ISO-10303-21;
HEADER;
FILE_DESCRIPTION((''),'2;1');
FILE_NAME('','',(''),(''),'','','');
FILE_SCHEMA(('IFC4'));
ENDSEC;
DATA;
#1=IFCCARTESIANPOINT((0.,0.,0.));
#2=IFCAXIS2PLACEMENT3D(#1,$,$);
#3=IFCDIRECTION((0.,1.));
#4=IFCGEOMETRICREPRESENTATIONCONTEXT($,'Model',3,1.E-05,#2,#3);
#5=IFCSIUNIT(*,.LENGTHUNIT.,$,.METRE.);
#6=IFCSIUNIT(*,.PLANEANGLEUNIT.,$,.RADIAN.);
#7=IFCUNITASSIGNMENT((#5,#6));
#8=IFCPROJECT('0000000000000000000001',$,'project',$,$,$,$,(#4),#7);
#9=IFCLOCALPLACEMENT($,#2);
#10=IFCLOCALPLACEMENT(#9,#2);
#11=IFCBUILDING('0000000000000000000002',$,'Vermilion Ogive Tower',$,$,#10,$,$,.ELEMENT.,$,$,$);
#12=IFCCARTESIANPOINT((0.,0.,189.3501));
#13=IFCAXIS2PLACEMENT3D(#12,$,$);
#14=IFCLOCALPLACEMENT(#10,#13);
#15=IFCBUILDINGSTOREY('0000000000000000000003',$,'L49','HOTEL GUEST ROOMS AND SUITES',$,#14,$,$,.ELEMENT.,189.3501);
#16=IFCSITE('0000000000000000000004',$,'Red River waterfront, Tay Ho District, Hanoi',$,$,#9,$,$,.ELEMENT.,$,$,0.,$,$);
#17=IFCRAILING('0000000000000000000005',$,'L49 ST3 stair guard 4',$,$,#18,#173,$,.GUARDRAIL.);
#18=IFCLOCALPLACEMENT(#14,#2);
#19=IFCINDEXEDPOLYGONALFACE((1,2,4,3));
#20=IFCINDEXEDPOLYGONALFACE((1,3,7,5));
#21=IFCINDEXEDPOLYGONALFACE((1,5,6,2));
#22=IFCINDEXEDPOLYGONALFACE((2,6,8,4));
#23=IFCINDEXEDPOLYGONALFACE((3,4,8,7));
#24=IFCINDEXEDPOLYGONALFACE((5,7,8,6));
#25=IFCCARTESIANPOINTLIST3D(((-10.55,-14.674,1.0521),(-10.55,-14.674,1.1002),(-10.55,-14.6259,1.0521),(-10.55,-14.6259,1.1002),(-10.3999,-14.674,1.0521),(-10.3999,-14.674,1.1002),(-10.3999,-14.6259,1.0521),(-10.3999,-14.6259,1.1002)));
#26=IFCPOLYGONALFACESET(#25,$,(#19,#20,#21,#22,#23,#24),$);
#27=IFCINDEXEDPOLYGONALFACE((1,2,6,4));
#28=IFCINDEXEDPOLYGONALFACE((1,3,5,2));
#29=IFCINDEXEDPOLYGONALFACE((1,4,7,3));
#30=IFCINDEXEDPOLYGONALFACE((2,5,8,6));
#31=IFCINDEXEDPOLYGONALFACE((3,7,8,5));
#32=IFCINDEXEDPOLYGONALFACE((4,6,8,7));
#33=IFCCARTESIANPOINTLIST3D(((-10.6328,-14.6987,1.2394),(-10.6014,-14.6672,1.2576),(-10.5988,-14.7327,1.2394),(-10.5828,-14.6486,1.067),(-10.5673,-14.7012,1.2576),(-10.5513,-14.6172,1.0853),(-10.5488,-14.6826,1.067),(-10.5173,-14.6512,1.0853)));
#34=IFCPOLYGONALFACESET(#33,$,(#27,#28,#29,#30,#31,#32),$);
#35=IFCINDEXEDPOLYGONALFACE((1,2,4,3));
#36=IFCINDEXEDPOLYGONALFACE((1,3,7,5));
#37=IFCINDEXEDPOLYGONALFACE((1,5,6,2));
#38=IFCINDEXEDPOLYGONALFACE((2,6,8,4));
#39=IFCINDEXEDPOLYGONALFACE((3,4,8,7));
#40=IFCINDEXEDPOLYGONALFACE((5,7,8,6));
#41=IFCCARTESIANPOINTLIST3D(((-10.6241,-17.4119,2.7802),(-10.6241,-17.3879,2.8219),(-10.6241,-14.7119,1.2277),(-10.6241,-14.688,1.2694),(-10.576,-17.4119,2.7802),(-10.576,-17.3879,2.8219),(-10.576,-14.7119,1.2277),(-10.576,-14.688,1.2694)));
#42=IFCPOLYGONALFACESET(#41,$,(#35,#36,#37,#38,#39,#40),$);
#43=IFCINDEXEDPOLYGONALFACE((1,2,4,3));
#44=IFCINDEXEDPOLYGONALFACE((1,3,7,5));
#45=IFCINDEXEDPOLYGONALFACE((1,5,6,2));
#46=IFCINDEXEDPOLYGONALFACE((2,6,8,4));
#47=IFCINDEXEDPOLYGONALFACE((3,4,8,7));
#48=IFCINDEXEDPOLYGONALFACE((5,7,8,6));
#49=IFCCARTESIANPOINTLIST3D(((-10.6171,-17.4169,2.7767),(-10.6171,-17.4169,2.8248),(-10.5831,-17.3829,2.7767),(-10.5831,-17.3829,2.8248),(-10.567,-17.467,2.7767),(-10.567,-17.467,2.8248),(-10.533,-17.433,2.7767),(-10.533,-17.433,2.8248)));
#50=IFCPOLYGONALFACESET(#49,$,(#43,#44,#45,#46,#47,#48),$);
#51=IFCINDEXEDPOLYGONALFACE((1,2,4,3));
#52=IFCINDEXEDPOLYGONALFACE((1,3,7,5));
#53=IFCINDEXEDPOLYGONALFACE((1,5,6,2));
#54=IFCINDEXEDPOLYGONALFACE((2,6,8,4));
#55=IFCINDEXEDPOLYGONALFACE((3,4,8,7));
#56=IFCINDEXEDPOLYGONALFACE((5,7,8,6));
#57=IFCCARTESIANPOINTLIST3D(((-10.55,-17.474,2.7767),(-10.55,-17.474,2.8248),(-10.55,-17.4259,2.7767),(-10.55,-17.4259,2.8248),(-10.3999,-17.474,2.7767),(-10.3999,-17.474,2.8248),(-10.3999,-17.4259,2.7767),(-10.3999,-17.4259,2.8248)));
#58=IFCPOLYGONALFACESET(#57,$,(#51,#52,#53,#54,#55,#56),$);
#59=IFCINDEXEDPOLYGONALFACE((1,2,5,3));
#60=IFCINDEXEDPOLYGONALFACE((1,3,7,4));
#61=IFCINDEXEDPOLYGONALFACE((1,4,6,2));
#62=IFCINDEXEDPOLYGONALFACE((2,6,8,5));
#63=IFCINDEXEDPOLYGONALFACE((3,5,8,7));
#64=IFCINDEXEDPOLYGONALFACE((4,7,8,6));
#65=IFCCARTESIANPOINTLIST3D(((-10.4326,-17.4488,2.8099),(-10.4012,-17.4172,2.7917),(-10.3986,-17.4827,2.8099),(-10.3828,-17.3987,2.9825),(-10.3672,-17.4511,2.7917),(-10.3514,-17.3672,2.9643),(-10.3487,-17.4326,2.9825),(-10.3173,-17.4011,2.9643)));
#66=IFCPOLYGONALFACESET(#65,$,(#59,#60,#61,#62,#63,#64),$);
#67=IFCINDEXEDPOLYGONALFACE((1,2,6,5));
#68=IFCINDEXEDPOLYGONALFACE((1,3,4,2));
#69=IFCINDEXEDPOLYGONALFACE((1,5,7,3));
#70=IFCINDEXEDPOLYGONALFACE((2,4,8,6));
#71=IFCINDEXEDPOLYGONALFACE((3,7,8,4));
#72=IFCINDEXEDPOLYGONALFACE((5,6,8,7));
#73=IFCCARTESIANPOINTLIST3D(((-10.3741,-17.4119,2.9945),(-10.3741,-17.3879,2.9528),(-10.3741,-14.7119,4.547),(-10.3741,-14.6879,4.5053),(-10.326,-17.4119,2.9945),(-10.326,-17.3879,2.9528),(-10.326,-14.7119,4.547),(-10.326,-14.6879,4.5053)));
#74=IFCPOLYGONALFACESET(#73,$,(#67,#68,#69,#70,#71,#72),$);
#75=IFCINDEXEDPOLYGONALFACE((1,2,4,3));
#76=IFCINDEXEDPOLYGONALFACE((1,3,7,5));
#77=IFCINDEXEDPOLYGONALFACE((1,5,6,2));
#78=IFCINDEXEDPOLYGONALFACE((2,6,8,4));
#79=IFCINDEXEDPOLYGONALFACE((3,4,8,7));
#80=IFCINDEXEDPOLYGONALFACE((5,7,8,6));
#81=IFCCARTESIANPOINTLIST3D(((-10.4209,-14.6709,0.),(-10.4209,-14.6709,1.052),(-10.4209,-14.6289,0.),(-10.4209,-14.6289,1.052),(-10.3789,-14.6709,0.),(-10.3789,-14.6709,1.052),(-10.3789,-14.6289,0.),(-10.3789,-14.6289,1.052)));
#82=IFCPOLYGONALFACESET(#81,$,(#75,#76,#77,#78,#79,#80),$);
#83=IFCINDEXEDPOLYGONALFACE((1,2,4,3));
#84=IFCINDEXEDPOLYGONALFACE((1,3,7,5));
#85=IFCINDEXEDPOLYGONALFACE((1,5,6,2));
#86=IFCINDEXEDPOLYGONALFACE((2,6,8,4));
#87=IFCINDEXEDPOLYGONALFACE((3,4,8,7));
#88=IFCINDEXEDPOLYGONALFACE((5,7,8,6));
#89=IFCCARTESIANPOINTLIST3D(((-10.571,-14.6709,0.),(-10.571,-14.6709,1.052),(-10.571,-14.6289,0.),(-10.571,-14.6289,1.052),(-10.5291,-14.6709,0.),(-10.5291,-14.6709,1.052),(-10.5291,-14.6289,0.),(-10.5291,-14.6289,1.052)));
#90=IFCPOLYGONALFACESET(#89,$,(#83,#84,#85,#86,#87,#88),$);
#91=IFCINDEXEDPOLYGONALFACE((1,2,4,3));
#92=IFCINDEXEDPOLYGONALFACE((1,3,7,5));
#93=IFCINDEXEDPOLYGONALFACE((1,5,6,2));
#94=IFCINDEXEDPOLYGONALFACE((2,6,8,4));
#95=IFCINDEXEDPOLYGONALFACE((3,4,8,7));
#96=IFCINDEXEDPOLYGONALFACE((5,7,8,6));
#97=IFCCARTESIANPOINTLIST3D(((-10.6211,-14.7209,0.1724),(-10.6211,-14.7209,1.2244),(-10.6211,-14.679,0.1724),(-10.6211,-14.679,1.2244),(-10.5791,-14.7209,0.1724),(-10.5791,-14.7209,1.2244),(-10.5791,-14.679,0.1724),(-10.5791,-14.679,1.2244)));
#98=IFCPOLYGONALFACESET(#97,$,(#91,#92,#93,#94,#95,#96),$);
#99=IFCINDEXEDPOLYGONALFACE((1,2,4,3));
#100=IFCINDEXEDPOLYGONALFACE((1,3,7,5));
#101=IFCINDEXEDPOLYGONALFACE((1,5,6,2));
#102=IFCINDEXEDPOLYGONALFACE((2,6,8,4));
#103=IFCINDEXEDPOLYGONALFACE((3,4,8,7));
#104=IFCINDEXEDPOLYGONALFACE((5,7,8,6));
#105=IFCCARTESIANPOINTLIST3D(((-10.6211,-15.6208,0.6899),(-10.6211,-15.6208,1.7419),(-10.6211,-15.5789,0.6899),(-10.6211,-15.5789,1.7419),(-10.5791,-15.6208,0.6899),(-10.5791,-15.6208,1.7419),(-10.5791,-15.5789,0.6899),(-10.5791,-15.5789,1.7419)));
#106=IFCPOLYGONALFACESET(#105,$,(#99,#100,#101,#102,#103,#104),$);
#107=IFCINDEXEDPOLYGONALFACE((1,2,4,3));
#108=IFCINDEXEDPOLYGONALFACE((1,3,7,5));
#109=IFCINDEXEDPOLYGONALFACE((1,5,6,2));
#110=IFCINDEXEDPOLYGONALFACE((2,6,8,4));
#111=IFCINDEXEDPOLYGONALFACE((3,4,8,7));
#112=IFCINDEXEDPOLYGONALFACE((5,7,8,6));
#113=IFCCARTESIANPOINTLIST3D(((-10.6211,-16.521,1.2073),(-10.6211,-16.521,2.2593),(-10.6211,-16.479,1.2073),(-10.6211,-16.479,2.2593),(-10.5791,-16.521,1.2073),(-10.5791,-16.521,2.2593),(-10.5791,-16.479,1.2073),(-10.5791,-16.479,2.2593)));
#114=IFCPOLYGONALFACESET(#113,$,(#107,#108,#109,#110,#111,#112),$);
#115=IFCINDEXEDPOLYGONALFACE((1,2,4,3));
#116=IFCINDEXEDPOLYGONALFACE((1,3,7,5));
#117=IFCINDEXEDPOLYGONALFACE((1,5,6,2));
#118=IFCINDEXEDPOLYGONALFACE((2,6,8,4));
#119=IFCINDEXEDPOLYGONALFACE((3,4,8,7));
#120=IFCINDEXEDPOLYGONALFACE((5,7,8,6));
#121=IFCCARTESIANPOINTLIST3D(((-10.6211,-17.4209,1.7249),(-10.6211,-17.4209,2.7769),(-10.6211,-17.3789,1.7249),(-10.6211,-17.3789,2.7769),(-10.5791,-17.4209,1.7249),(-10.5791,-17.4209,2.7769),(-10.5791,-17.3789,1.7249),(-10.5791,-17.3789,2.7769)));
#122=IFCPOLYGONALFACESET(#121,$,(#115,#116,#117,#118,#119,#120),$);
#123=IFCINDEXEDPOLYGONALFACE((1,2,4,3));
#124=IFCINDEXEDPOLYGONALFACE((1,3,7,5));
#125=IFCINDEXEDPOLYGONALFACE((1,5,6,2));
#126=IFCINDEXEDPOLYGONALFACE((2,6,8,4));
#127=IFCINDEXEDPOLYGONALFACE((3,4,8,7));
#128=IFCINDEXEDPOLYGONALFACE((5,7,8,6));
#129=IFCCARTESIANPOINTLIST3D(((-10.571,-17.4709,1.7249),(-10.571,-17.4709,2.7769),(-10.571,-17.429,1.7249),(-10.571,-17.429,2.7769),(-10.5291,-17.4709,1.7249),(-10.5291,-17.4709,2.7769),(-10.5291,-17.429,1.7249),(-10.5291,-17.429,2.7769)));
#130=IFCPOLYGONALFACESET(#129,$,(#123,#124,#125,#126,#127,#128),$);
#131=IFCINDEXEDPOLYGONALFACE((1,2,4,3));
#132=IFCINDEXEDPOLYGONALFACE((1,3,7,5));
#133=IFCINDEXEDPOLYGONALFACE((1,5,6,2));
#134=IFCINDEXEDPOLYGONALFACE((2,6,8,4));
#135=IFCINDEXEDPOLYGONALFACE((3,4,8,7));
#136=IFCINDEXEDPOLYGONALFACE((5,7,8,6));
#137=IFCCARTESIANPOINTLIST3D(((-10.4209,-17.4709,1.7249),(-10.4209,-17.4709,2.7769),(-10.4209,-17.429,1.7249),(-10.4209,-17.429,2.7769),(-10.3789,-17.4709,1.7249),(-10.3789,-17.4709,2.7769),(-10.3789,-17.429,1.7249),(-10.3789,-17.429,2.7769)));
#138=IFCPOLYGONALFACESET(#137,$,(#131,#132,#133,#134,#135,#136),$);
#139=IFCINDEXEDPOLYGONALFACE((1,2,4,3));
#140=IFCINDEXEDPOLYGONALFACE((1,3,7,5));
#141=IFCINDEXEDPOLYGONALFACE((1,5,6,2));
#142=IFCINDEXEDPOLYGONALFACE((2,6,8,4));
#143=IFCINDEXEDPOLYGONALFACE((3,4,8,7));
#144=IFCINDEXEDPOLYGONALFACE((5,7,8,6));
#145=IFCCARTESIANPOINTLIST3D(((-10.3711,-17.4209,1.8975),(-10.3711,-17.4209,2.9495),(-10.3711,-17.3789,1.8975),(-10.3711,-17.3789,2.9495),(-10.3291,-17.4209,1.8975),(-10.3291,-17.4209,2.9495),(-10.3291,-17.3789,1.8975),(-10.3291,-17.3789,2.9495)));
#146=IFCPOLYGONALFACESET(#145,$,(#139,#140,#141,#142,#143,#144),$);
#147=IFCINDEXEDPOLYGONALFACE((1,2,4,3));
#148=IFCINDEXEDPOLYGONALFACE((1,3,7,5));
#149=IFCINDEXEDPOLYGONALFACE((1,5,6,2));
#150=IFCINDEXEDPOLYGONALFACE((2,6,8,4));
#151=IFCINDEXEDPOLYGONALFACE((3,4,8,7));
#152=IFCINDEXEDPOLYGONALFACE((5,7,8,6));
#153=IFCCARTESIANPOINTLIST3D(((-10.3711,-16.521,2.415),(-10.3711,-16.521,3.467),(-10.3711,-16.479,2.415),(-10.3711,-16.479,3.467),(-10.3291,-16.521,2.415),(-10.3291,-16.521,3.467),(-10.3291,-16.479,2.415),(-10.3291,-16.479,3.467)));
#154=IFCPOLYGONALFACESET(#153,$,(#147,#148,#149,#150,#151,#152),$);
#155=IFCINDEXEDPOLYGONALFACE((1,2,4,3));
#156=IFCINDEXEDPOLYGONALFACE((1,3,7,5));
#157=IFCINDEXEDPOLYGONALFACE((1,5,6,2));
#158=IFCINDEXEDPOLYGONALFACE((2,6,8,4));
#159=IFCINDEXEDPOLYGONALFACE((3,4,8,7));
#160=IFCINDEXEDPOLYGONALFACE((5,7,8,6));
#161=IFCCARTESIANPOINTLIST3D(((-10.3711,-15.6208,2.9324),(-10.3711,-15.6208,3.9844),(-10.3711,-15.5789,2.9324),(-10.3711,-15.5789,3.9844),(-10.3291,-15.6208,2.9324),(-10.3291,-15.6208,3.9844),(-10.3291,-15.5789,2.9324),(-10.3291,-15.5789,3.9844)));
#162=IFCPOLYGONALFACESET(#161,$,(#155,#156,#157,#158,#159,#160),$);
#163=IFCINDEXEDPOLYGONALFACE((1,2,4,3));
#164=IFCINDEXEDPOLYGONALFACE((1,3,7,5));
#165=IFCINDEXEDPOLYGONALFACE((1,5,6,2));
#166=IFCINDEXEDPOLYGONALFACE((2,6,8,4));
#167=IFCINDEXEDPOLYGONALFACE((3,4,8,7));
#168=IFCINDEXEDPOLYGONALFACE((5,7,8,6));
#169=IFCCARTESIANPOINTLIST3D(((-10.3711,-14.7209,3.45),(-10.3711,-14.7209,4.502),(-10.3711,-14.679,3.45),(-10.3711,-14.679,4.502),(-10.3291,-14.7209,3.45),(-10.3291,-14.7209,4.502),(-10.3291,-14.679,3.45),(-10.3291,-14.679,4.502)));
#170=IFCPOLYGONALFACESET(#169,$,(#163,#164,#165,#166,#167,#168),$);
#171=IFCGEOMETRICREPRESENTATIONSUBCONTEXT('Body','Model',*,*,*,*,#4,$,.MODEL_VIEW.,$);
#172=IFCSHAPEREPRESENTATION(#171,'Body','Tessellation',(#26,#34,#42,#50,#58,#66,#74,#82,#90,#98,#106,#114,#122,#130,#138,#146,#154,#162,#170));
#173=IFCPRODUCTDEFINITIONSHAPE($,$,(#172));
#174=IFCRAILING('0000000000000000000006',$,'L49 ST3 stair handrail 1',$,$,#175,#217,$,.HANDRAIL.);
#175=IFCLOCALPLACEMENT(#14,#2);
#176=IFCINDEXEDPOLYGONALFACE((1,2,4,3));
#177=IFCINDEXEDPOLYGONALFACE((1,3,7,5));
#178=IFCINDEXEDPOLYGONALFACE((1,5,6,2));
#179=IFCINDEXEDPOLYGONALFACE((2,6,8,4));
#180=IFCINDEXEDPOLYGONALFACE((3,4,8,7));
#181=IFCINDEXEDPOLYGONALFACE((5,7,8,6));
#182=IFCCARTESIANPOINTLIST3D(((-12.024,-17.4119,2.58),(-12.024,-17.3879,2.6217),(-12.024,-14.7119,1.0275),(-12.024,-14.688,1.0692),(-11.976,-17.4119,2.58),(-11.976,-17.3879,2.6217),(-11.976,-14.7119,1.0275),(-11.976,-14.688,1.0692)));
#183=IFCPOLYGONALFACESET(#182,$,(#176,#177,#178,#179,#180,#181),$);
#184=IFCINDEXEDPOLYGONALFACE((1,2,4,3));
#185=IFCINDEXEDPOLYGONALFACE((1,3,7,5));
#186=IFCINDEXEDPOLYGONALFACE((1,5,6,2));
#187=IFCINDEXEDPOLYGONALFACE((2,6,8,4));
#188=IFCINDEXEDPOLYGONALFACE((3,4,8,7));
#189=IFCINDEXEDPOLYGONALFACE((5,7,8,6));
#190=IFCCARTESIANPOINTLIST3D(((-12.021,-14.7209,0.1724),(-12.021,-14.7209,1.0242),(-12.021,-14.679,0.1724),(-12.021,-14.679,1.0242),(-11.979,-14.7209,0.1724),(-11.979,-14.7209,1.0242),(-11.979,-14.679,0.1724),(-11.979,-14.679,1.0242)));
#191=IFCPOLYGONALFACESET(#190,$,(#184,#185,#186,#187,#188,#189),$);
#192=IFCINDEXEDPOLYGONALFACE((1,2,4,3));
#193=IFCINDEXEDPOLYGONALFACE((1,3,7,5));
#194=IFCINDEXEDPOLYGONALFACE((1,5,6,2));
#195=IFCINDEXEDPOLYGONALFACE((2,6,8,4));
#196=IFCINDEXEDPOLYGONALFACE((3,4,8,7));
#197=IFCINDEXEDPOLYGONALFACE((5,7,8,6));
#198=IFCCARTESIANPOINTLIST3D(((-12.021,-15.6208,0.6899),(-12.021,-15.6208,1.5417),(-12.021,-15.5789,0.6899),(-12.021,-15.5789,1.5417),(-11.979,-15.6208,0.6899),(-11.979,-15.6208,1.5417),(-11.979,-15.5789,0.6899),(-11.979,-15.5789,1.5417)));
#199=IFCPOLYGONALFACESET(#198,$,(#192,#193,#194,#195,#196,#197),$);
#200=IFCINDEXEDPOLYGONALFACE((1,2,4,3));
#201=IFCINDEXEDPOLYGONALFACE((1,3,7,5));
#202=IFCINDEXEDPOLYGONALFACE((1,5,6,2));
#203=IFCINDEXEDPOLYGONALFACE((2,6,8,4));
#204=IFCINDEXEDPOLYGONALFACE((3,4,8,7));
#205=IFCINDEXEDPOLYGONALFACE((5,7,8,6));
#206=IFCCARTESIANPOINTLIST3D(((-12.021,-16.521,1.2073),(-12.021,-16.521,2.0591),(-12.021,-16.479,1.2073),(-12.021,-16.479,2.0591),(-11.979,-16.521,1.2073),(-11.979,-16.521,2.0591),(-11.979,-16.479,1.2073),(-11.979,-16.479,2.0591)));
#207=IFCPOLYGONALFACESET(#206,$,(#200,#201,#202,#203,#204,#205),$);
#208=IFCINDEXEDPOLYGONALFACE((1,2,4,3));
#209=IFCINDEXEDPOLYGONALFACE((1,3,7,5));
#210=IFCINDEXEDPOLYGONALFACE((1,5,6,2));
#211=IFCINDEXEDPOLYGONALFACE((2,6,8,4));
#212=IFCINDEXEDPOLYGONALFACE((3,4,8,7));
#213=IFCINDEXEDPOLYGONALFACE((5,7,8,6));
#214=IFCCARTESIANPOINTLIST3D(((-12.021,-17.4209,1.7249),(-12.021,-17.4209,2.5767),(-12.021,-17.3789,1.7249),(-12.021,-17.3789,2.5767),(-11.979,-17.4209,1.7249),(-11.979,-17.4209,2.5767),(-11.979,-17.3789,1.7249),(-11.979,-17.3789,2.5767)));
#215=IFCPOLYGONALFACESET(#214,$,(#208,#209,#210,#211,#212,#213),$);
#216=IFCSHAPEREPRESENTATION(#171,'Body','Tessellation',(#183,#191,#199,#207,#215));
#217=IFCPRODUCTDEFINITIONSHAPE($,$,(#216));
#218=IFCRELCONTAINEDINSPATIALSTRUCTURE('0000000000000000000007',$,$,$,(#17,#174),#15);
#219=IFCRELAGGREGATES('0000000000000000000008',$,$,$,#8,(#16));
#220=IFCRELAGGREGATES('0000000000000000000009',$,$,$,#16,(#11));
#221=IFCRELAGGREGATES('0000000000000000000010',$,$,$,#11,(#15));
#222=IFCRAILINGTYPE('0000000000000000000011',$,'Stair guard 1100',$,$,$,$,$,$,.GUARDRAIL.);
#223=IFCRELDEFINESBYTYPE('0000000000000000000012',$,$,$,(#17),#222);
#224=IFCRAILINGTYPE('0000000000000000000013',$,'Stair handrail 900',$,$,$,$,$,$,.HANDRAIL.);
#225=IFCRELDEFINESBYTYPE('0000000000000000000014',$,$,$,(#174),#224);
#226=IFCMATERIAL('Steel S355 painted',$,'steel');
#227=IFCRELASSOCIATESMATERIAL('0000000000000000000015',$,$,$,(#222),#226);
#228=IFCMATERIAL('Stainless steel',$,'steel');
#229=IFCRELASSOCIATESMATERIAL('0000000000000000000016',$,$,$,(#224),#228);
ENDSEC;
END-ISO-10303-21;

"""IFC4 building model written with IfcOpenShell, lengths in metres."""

from ifc_helpers import new_model, si_unit, direction, frame, origin, origin_2d, place, context, subcontext, project, spatial, rectangle, extrude, material, type_object, element, save


model = new_model("IFC4")

# Units and contexts
model_context = context("Model", 3, precision=1e-05, world=origin(), true_north=direction((0.0, 1.0)))
body_context = subcontext(model_context, "Body", "Model", "MODEL_VIEW")
ifc_project = project(units=[si_unit("LENGTHUNIT", "METRE"), si_unit("PLANEANGLEUNIT", "RADIAN")], contexts=[model_context])

# Site, building, storey
site_placement = place(None, origin())
site = spatial("IfcSite", under=ifc_project, at=site_placement, Name="Red River waterfront, Tay Ho District, Hanoi", CompositionType="ELEMENT", RefElevation=0.0)
building_placement = place(site_placement, origin())
building = spatial("IfcBuilding", under=site, at=building_placement, Name="Vermilion Ogive Tower", CompositionType="ELEMENT")
storey_placement = place(building_placement, frame((0.0, 0.0, 189.3501)))
storey = spatial("IfcBuildingStorey", under=building, at=storey_placement, Name="L49", Description="HOTEL GUEST ROOMS AND SUITES", CompositionType="ELEMENT", Elevation=189.3501)

# Railings
ifc_material_1 = material(Name="Steel S355 painted", Category="steel")
railing_type_1 = type_object("IfcRailingType", Name="Stair guard 1100", PredefinedType="GUARDRAIL", material=ifc_material_1)
railing_1_placement = place(storey_placement, frame((-10.3999, -14.6499, 0.0)))
element("IfcRailing", 1, at=railing_1_placement, inside=storey, type_object=railing_type_1, Name="L49 ST3 stair guard 4", PredefinedType="GUARDRAIL", context=body_context, shape_type="SweptSolid", body=[
    extrude(rectangle(XDim=0.0481, YDim=0.0481, at=origin_2d()), frame((0.0, 0.0, 1.0762), z_axis=(-1.0, 0.0, 0.0), x_axis=(0.0, -1.0, 0.0)), (0.0, 0.0, 1.0), 0.1501),
    extrude(rectangle(XDim=0.0481, YDim=0.0481, at=origin_2d()), frame((-0.1501, 0.0, 1.0762), z_axis=(-0.268603, -0.268603, 0.925043), x_axis=(0.707107, -0.707107, 0.0)), (0.0, 0.0, 1.0), 0.1863),
    extrude(rectangle(XDim=0.0481, YDim=0.0481, at=origin_2d()), frame((-0.2002, -0.05, 1.2485), z_axis=(0.0, -0.866904, 0.498476), x_axis=(1.0, 0.0, 0.0)), (0.0, 0.0, 1.0), 3.1145),
    extrude(rectangle(XDim=0.0481, YDim=0.0481, at=origin_2d()), frame((-0.2002, -2.75, 2.8008), z_axis=(0.707107, -0.707107, 0.0), x_axis=(0.707107, 0.707107, 0.0)), (0.0, 0.0, 1.0), 0.0708),
    extrude(rectangle(XDim=0.0481, YDim=0.0481, at=origin_2d()), frame((-0.1501, -2.8, 2.8008), z_axis=(1.0, 0.0, 0.0), x_axis=(0.0, 1.0, 0.0)), (0.0, 0.0, 1.0), 0.1501),
    extrude(rectangle(XDim=0.0481, YDim=0.0481, at=origin_2d()), frame((0.0, -2.8, 2.8008), z_axis=(0.267063, 0.268372, 0.925556), x_axis=(-0.708834, 0.705376, 0.0)), (0.0, 0.0, 1.0), 0.1865),
    extrude(rectangle(XDim=0.0481, YDim=0.0481, at=origin_2d()), frame((0.0498, -2.75, 2.9736), z_axis=(0.0, 0.866904, 0.498476), x_axis=(-1.0, 0.0, 0.0)), (0.0, 0.0, 1.0), 3.1145),
    extrude(rectangle(XDim=0.042, YDim=0.042, at=origin_2d()), origin(), (0.0, 0.0, 1.0), 1.052),
    extrude(rectangle(XDim=0.042, YDim=0.042, at=origin_2d()), frame((-0.1501, 0.0, 0.0)), (0.0, 0.0, 1.0), 1.052),
    extrude(rectangle(XDim=0.042, YDim=0.042, at=origin_2d()), frame((-0.2002, -0.05, 0.1724)), (0.0, 0.0, 1.0), 1.052),
    extrude(rectangle(XDim=0.042, YDim=0.042, at=origin_2d()), frame((-0.2002, -0.95, 0.6899)), (0.0, 0.0, 1.0), 1.052),
    extrude(rectangle(XDim=0.042, YDim=0.042, at=origin_2d()), frame((-0.2002, -1.8501, 1.2073)), (0.0, 0.0, 1.0), 1.052),
    extrude(rectangle(XDim=0.042, YDim=0.042, at=origin_2d()), frame((-0.2002, -2.75, 1.7249)), (0.0, 0.0, 1.0), 1.052),
    extrude(rectangle(XDim=0.042, YDim=0.042, at=origin_2d()), frame((-0.1501, -2.8, 1.7249)), (0.0, 0.0, 1.0), 1.052),
    extrude(rectangle(XDim=0.042, YDim=0.042, at=origin_2d()), frame((0.0, -2.8, 1.7249)), (0.0, 0.0, 1.0), 1.052),
    extrude(rectangle(XDim=0.042, YDim=0.042, at=origin_2d()), frame((0.0498, -2.75, 1.8975)), (0.0, 0.0, 1.0), 1.052),
    extrude(rectangle(XDim=0.042, YDim=0.042, at=origin_2d()), frame((0.0498, -1.8501, 2.415)), (0.0, 0.0, 1.0), 1.052),
    extrude(rectangle(XDim=0.042, YDim=0.042, at=origin_2d()), frame((0.0498, -0.95, 2.9324)), (0.0, 0.0, 1.0), 1.052),
    extrude(rectangle(XDim=0.042, YDim=0.042, at=origin_2d()), frame((0.0498, -0.05, 3.45)), (0.0, 0.0, 1.0), 1.052),
])
ifc_material_2 = material(Name="Stainless steel", Category="steel")
railing_type_2 = type_object("IfcRailingType", Name="Stair handrail 900", PredefinedType="HANDRAIL", material=ifc_material_2)
railing_2_placement = place(storey_placement, frame((-12.0, -14.7, 0.1724)))
element("IfcRailing", 2, at=railing_2_placement, inside=storey, type_object=railing_type_2, Name="L49 ST3 stair handrail 1", PredefinedType="HANDRAIL", context=body_context, shape_type="SweptSolid", body=[
    extrude(rectangle(XDim=0.0481, YDim=0.0481, at=origin_2d()), frame((0.0, 0.0, 0.876), z_axis=(0.0, -0.866904, 0.498476), x_axis=(1.0, 0.0, 0.0)), (0.0, 0.0, 1.0), 3.1145),
    extrude(rectangle(XDim=0.042, YDim=0.042, at=origin_2d()), origin(), (0.0, 0.0, 1.0), 0.8518),
    extrude(rectangle(XDim=0.042, YDim=0.042, at=origin_2d()), frame((0.0, -0.8999, 0.5176)), (0.0, 0.0, 1.0), 0.8518),
    extrude(rectangle(XDim=0.042, YDim=0.042, at=origin_2d()), frame((0.0, -1.8, 1.0349)), (0.0, 0.0, 1.0), 0.8518),
    extrude(rectangle(XDim=0.042, YDim=0.042, at=origin_2d()), frame((0.0, -2.7, 1.5525)), (0.0, 0.0, 1.0), 0.8518),
])

save(model, "model.ifc")
